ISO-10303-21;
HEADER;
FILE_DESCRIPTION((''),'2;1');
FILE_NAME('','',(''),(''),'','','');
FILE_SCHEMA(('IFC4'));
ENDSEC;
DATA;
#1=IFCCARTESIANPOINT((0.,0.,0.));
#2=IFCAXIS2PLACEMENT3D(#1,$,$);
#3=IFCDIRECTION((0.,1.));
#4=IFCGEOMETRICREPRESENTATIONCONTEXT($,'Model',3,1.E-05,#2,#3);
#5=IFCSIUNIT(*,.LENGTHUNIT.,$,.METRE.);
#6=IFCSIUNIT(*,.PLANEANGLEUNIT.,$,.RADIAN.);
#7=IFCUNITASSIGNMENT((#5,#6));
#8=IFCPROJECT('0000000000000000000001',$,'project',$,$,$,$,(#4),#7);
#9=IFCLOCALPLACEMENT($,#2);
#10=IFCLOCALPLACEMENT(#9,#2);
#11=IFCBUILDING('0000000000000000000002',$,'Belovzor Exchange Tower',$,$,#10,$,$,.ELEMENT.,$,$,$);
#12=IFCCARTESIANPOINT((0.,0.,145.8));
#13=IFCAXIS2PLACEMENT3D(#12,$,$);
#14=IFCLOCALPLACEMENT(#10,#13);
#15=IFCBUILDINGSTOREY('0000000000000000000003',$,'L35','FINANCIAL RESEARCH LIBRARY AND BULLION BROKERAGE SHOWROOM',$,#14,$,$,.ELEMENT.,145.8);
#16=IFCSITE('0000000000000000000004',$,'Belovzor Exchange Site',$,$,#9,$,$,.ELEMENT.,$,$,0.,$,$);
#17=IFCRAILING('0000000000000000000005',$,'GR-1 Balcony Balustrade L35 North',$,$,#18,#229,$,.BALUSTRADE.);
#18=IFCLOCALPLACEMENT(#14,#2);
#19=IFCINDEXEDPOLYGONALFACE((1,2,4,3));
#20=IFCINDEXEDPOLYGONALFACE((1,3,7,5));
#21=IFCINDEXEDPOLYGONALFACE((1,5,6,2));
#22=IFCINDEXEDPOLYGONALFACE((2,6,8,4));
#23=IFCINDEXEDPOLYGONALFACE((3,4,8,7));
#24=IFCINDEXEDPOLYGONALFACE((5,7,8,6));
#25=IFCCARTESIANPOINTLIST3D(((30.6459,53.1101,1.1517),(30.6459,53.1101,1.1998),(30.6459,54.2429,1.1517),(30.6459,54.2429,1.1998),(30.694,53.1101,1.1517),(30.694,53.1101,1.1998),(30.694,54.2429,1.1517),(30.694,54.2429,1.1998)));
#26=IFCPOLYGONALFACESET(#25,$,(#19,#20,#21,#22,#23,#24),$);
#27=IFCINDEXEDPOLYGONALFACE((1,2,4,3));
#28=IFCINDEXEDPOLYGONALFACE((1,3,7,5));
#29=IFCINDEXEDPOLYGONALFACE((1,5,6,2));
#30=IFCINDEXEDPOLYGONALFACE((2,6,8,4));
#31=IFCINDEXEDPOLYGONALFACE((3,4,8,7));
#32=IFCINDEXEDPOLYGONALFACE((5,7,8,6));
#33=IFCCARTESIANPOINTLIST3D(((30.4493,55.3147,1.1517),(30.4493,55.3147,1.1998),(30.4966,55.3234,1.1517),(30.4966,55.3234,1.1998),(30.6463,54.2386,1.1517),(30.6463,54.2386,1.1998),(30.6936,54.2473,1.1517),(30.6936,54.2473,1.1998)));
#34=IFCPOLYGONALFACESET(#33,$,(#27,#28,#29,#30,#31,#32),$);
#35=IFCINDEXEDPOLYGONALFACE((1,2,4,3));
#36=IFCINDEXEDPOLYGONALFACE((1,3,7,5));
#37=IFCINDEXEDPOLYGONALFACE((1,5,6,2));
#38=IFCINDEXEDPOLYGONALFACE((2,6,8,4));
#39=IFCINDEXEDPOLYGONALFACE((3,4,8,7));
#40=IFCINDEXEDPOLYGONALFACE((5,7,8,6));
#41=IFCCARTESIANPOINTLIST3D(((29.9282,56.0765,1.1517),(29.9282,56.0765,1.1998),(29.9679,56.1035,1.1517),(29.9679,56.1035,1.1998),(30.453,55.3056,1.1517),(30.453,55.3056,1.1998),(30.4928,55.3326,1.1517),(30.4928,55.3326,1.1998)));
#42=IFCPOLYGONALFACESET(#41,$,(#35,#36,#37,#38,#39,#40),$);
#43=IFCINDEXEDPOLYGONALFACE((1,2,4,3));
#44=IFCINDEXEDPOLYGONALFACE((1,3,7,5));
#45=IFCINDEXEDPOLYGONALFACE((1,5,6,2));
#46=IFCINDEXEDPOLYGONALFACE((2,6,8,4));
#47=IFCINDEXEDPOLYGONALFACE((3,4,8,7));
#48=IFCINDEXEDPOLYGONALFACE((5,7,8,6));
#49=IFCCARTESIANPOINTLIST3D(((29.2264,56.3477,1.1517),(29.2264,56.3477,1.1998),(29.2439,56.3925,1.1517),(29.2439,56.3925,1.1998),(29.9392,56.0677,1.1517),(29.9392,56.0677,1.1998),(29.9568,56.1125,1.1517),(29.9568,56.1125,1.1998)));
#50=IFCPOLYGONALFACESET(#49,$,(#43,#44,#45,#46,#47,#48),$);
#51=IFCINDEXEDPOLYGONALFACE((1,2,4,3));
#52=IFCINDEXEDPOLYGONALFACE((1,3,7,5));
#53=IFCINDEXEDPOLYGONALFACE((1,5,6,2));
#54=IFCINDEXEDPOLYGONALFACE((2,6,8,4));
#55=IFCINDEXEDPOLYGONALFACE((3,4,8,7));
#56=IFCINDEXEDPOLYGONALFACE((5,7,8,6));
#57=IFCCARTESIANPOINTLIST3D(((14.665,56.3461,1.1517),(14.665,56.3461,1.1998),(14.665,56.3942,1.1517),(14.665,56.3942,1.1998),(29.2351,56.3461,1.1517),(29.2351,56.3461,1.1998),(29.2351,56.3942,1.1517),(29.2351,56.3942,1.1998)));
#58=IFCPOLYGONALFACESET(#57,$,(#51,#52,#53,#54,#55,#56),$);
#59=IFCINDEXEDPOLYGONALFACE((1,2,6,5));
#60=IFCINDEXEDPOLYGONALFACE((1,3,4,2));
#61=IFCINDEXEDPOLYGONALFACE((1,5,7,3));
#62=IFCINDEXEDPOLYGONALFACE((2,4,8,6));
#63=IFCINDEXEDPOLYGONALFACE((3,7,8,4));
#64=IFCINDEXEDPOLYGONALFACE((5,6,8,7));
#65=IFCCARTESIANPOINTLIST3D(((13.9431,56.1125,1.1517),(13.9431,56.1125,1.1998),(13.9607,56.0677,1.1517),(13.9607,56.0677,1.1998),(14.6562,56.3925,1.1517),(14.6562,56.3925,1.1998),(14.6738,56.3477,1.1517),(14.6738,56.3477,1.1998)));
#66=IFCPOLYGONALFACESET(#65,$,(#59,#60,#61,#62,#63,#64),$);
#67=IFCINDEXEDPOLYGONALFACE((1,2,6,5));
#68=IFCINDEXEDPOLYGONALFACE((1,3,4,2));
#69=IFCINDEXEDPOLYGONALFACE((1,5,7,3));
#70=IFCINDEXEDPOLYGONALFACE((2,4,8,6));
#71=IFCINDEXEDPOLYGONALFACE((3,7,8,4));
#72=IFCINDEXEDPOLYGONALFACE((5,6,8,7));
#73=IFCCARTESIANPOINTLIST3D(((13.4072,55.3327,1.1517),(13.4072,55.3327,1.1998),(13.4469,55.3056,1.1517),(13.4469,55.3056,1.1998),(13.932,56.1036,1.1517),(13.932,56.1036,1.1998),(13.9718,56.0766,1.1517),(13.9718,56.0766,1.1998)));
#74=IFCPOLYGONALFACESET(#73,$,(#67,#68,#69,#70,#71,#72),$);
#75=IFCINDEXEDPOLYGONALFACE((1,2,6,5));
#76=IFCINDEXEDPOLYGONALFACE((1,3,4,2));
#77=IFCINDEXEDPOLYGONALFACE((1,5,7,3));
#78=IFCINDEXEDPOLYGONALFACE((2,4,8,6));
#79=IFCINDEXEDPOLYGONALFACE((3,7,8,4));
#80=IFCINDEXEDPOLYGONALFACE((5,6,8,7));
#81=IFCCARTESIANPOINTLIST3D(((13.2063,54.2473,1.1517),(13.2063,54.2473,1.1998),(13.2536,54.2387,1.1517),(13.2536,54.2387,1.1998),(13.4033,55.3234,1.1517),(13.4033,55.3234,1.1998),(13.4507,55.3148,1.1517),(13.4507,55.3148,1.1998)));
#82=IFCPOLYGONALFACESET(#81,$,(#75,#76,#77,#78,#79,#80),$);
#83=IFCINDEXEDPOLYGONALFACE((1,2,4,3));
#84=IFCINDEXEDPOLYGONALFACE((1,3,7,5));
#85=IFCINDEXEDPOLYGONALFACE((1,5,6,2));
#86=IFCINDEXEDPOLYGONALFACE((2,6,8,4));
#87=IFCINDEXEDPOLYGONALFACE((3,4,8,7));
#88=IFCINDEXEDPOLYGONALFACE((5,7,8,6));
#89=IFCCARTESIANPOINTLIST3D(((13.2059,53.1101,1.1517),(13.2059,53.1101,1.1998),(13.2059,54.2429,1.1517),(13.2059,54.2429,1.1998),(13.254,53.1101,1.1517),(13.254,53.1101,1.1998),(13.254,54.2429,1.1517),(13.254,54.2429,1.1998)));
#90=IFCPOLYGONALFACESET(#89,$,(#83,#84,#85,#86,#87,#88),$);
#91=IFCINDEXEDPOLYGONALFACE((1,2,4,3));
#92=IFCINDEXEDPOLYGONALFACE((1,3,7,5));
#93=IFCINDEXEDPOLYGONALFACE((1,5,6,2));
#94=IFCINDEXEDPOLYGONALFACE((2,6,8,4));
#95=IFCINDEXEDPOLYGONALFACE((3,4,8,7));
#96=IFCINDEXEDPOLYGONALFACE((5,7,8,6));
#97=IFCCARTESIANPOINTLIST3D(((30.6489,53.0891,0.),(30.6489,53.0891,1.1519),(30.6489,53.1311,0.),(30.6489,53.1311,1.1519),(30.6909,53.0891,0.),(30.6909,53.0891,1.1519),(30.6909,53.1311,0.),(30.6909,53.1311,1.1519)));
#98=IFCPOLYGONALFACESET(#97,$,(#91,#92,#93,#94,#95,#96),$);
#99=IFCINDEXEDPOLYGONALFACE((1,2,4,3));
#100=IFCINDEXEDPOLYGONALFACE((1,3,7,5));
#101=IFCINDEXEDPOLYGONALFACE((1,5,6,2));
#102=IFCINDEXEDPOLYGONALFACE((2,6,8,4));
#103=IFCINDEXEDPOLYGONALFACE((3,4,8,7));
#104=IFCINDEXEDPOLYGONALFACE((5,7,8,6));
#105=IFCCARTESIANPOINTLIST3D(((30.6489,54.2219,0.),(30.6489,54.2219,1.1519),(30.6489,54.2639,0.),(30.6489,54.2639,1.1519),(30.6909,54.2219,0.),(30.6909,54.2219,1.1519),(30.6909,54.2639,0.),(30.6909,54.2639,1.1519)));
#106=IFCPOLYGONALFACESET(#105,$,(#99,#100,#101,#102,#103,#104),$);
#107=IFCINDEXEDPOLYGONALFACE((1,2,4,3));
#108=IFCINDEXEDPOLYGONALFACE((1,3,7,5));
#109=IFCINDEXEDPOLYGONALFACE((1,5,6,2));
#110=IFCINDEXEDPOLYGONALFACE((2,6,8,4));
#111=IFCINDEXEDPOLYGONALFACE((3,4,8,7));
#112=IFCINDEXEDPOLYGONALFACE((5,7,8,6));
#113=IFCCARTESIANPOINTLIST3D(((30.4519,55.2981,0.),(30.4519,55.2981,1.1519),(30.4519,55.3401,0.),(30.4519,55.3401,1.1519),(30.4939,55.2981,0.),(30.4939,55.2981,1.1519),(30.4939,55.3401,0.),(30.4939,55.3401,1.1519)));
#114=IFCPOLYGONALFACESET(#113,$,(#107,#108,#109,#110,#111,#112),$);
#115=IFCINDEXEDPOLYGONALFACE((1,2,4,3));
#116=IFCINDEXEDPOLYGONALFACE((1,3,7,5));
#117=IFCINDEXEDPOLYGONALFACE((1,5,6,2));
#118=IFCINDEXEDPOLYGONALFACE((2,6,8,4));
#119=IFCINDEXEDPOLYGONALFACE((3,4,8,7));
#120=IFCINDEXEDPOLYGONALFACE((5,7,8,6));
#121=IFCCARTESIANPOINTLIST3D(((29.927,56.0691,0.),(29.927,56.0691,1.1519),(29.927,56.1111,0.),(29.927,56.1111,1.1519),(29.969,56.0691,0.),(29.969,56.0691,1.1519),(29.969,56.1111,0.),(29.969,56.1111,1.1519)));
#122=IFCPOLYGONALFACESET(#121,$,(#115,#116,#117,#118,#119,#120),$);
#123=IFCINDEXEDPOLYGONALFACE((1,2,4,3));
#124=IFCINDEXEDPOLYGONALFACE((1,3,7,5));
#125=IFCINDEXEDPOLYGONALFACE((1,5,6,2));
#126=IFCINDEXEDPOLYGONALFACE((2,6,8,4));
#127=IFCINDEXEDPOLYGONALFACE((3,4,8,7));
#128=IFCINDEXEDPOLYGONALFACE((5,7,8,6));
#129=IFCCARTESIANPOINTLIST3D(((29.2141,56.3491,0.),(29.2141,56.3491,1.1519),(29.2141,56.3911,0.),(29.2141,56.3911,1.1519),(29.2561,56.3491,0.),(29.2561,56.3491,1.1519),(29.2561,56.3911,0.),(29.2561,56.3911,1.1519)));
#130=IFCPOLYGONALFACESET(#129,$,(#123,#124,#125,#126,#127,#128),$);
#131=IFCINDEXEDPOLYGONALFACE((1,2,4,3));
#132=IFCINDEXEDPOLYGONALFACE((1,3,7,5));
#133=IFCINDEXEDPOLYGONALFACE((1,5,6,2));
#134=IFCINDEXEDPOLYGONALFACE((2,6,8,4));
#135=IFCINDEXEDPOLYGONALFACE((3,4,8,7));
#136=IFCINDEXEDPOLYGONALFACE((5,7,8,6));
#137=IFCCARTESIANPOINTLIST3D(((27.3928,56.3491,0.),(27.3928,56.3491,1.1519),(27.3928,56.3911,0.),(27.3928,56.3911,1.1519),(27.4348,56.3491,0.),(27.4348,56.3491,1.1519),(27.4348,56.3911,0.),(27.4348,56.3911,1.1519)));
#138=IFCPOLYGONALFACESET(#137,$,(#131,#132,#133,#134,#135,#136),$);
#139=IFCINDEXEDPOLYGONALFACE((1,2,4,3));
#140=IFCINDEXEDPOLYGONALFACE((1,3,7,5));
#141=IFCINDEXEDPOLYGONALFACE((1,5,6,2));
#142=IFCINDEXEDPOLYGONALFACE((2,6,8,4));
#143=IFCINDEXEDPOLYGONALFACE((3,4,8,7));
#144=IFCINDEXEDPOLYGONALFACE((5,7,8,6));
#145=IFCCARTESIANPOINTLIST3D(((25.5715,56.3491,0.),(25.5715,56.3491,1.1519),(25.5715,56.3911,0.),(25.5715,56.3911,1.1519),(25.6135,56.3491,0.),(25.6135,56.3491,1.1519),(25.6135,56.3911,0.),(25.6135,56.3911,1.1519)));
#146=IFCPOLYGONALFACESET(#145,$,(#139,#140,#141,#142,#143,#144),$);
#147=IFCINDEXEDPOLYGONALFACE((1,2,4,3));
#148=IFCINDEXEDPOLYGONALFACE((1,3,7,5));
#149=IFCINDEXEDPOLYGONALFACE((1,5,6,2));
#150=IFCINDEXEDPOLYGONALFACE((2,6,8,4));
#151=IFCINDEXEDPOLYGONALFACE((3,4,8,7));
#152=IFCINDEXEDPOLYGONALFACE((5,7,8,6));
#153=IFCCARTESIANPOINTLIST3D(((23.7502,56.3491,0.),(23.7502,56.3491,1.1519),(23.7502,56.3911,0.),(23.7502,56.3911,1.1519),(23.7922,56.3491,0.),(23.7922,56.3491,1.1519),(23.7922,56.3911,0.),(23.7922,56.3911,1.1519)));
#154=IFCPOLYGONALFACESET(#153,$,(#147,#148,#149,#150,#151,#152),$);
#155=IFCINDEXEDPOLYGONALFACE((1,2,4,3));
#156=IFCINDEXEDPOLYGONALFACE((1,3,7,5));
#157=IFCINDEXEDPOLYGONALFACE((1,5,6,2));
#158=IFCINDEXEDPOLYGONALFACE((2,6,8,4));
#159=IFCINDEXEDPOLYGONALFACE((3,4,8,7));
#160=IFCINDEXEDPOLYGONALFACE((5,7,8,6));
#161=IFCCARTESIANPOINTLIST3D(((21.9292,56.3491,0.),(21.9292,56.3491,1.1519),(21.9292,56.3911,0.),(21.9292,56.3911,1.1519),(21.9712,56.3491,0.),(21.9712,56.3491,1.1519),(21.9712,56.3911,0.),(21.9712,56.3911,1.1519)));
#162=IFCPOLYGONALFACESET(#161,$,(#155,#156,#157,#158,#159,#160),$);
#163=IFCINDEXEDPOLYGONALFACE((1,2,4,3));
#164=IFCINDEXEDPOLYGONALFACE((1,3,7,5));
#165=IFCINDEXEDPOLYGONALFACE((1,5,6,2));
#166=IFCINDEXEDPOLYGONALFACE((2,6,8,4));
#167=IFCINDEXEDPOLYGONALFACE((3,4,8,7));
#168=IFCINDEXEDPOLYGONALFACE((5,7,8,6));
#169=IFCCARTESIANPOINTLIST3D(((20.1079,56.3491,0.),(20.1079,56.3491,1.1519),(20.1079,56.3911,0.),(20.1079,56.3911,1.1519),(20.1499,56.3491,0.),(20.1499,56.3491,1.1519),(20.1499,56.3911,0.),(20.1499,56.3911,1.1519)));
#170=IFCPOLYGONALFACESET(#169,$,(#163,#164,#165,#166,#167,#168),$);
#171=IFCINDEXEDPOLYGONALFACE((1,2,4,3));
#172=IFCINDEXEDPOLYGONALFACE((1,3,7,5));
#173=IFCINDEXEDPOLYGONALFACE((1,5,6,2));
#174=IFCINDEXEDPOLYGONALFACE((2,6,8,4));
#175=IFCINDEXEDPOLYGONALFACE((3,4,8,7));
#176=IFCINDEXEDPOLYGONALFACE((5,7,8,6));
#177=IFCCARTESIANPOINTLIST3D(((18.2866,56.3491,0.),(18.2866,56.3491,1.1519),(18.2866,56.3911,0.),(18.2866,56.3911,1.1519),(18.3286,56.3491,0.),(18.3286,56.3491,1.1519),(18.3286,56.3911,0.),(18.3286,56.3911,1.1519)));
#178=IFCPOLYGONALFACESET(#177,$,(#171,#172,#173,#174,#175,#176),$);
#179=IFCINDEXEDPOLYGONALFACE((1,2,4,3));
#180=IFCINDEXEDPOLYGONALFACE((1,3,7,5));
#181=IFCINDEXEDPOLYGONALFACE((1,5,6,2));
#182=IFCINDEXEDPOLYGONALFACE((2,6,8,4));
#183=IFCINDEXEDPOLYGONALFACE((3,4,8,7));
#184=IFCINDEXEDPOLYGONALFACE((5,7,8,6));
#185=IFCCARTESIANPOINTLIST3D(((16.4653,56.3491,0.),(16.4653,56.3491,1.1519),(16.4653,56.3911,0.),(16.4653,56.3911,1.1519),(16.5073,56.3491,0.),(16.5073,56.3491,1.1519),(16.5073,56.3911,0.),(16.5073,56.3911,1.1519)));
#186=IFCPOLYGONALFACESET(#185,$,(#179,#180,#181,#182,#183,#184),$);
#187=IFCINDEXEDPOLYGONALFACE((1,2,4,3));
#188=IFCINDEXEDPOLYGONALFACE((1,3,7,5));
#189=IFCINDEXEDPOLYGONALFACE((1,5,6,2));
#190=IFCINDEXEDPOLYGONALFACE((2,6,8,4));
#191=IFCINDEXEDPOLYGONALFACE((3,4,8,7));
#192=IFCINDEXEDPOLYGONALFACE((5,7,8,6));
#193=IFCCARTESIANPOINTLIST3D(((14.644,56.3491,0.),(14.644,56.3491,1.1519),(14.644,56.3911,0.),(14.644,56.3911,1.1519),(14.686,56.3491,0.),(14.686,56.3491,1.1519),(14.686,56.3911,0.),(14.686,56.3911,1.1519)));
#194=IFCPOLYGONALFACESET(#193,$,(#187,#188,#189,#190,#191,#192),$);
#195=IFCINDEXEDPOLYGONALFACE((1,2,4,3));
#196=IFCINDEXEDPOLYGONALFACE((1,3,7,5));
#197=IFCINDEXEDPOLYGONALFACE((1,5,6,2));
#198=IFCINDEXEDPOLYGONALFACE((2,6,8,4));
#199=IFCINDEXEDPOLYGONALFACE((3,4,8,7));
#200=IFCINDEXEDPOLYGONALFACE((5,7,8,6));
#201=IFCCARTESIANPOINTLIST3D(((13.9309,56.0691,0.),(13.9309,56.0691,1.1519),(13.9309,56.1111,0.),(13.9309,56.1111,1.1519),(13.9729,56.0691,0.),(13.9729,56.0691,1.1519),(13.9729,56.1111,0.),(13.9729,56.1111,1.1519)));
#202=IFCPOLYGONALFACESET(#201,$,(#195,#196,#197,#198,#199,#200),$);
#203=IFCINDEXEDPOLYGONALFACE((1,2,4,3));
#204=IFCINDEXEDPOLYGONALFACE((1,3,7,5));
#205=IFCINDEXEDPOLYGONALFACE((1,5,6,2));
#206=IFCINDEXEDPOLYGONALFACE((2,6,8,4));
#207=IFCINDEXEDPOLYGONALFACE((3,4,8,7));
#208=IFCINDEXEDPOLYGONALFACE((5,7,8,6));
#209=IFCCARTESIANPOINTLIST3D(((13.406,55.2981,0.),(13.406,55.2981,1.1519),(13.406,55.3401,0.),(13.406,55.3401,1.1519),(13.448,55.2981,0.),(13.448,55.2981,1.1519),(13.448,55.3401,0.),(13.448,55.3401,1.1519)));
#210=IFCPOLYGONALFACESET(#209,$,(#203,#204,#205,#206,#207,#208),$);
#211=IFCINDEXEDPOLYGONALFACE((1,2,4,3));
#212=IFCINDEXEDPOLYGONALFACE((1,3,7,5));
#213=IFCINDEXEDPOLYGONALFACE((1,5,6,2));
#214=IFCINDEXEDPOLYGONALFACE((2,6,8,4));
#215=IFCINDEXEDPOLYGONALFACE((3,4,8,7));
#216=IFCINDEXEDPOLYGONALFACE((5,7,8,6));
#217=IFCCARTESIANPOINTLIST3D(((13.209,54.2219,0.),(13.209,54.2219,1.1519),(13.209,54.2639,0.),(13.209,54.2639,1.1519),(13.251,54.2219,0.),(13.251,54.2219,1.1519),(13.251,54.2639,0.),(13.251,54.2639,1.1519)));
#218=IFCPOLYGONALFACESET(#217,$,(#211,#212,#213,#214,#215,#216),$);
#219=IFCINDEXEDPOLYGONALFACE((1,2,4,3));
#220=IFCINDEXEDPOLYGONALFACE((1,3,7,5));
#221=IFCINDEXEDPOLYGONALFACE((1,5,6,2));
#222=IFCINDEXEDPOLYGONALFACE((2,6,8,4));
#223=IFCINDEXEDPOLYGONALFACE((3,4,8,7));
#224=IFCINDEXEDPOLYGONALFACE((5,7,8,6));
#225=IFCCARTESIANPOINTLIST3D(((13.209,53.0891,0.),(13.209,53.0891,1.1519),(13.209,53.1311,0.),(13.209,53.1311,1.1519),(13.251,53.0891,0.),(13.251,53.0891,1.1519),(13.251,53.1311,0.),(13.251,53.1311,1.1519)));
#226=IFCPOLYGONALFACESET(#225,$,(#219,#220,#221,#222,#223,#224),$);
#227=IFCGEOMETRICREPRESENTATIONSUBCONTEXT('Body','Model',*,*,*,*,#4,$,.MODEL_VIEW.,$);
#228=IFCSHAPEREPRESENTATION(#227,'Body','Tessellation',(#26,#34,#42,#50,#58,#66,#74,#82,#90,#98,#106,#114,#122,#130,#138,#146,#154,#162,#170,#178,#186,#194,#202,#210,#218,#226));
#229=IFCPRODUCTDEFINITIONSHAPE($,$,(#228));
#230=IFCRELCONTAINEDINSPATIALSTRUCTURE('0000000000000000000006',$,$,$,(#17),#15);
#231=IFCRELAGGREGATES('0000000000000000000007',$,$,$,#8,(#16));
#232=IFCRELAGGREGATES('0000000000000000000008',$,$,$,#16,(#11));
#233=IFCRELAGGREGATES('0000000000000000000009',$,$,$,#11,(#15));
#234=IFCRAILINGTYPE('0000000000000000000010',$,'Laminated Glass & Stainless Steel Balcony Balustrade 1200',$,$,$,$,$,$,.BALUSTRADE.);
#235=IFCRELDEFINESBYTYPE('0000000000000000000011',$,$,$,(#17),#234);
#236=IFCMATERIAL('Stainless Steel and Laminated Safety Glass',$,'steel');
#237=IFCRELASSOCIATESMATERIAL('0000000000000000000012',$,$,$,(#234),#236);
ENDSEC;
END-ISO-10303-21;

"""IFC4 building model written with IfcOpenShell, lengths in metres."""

from ifc_helpers import new_model, si_unit, direction, frame, origin, origin_2d, place, context, subcontext, project, spatial, rectangle, extrude, material, type_object, element, save


model = new_model("IFC4")

# Units and contexts
model_context = context("Model", 3, precision=1e-05, world=origin(), true_north=direction((0.0, 1.0)))
body_context = subcontext(model_context, "Body", "Model", "MODEL_VIEW")
ifc_project = project(units=[si_unit("LENGTHUNIT", "METRE"), si_unit("PLANEANGLEUNIT", "RADIAN")], contexts=[model_context])

# Site, building, storey
site_placement = place(None, origin())
site = spatial("IfcSite", under=ifc_project, at=site_placement, Name="Belovzor Exchange Site", CompositionType="ELEMENT", RefElevation=0.0)
building_placement = place(site_placement, origin())
building = spatial("IfcBuilding", under=site, at=building_placement, Name="Belovzor Exchange Tower", CompositionType="ELEMENT")
storey_placement = place(building_placement, frame((0.0, 0.0, 145.8)))
storey = spatial("IfcBuildingStorey", under=building, at=storey_placement, Name="L35", Description="FINANCIAL RESEARCH LIBRARY AND BULLION BROKERAGE SHOWROOM", CompositionType="ELEMENT", Elevation=145.8)

# Railing
ifc_material_1 = material(Name="Stainless Steel and Laminated Safety Glass", Category="steel")
railing_type = type_object("IfcRailingType", Name="Laminated Glass & Stainless Steel Balcony Balustrade 1200", PredefinedType="BALUSTRADE", material=ifc_material_1)
railing_placement = place(storey_placement, frame((30.6699, 53.1101, 0.0)))
element("IfcRailing", 1, at=railing_placement, inside=storey, type_object=railing_type, Name="GR-1 Balcony Balustrade L35 North", PredefinedType="BALUSTRADE", context=body_context, shape_type="SweptSolid", body=[
    extrude(rectangle(XDim=0.0481, YDim=0.0481, at=origin_2d()), frame((0.0, 0.0, 1.1758), z_axis=(0.0, 1.0, 0.0), x_axis=(-1.0, 0.0, 0.0)), (0.0, 0.0, 1.0), 1.1328),
    extrude(rectangle(XDim=0.0481, YDim=0.0481, at=origin_2d()), frame((0.0, 1.1328, 1.1758), z_axis=(-0.180083, 0.983651, 0.0), x_axis=(-0.983651, -0.180083, 0.0)), (0.0, 0.0, 1.0), 1.094),
    extrude(rectangle(XDim=0.0481, YDim=0.0481, at=origin_2d()), frame((-0.197, 2.209, 1.1758), z_axis=(-0.562768, 0.826615, 0.0), x_axis=(-0.826615, -0.562768, 0.0)), (0.0, 0.0, 1.0), 0.9326),
    extrude(rectangle(XDim=0.0481, YDim=0.0481, at=origin_2d()), frame((-0.7219, 2.98, 1.1758), z_axis=(-0.930767, 0.365613, 0.0), x_axis=(-0.365613, -0.930767, 0.0)), (0.0, 0.0, 1.0), 0.7659),
    extrude(rectangle(XDim=0.0481, YDim=0.0481, at=origin_2d()), frame((-1.4348, 3.26, 1.1758), z_axis=(-1.0, 0.0, 0.0), x_axis=(0.0, -1.0, 0.0)), (0.0, 0.0, 1.0), 14.5701),
    extrude(rectangle(XDim=0.0481, YDim=0.0481, at=origin_2d()), frame((-16.0049, 3.26, 1.1758), z_axis=(-0.93081, -0.365504, 0.0), x_axis=(0.365504, -0.93081, 0.0)), (0.0, 0.0, 1.0), 0.7661),
    extrude(rectangle(XDim=0.0481, YDim=0.0481, at=origin_2d()), frame((-16.718, 2.98, 1.1758), z_axis=(-0.562768, -0.826615, 0.0), x_axis=(0.826615, -0.562768, 0.0)), (0.0, 0.0, 1.0), 0.9326),
    extrude(rectangle(XDim=0.0481, YDim=0.0481, at=origin_2d()), frame((-17.2429, 2.209, 1.1758), z_axis=(-0.180083, -0.983651, 0.0), x_axis=(0.983651, -0.180083, 0.0)), (0.0, 0.0, 1.0), 1.094),
    extrude(rectangle(XDim=0.0481, YDim=0.0481, at=origin_2d()), frame((-17.4399, 1.1328, 1.1758), z_axis=(0.0, -1.0, 0.0), x_axis=(1.0, 0.0, 0.0)), (0.0, 0.0, 1.0), 1.1328),
    extrude(rectangle(XDim=0.042, YDim=0.042, at=origin_2d()), origin(), (0.0, 0.0, 1.0), 1.1519),
    extrude(rectangle(XDim=0.042, YDim=0.042, at=origin_2d()), frame((0.0, 1.1328, 0.0)), (0.0, 0.0, 1.0), 1.1519),
    extrude(rectangle(XDim=0.042, YDim=0.042, at=origin_2d()), frame((-0.197, 2.209, 0.0)), (0.0, 0.0, 1.0), 1.1519),
    extrude(rectangle(XDim=0.042, YDim=0.042, at=origin_2d()), frame((-0.7219, 2.98, 0.0)), (0.0, 0.0, 1.0), 1.1519),
    extrude(rectangle(XDim=0.042, YDim=0.042, at=origin_2d()), frame((-1.4348, 3.26, 0.0)), (0.0, 0.0, 1.0), 1.1519),
    extrude(rectangle(XDim=0.042, YDim=0.042, at=origin_2d()), frame((-3.2561, 3.26, 0.0)), (0.0, 0.0, 1.0), 1.1519),
    extrude(rectangle(XDim=0.042, YDim=0.042, at=origin_2d()), frame((-5.0774, 3.26, 0.0)), (0.0, 0.0, 1.0), 1.1519),
    extrude(rectangle(XDim=0.042, YDim=0.042, at=origin_2d()), frame((-6.8987, 3.26, 0.0)), (0.0, 0.0, 1.0), 1.1519),
    extrude(rectangle(XDim=0.042, YDim=0.042, at=origin_2d()), frame((-8.7197, 3.26, 0.0)), (0.0, 0.0, 1.0), 1.1519),
    extrude(rectangle(XDim=0.042, YDim=0.042, at=origin_2d()), frame((-10.541, 3.26, 0.0)), (0.0, 0.0, 1.0), 1.1519),
    extrude(rectangle(XDim=0.042, YDim=0.042, at=origin_2d()), frame((-12.3623, 3.26, 0.0)), (0.0, 0.0, 1.0), 1.1519),
    extrude(rectangle(XDim=0.042, YDim=0.042, at=origin_2d()), frame((-14.1836, 3.26, 0.0)), (0.0, 0.0, 1.0), 1.1519),
    extrude(rectangle(XDim=0.042, YDim=0.042, at=origin_2d()), frame((-16.0049, 3.26, 0.0)), (0.0, 0.0, 1.0), 1.1519),
    extrude(rectangle(XDim=0.042, YDim=0.042, at=origin_2d()), frame((-16.718, 2.98, 0.0)), (0.0, 0.0, 1.0), 1.1519),
    extrude(rectangle(XDim=0.042, YDim=0.042, at=origin_2d()), frame((-17.2429, 2.209, 0.0)), (0.0, 0.0, 1.0), 1.1519),
    extrude(rectangle(XDim=0.042, YDim=0.042, at=origin_2d()), frame((-17.4399, 1.1328, 0.0)), (0.0, 0.0, 1.0), 1.1519),
    extrude(rectangle(XDim=0.042, YDim=0.042, at=origin_2d()), frame((-17.4399, 0.0, 0.0)), (0.0, 0.0, 1.0), 1.1519),
])

save(model, "model.ifc")
